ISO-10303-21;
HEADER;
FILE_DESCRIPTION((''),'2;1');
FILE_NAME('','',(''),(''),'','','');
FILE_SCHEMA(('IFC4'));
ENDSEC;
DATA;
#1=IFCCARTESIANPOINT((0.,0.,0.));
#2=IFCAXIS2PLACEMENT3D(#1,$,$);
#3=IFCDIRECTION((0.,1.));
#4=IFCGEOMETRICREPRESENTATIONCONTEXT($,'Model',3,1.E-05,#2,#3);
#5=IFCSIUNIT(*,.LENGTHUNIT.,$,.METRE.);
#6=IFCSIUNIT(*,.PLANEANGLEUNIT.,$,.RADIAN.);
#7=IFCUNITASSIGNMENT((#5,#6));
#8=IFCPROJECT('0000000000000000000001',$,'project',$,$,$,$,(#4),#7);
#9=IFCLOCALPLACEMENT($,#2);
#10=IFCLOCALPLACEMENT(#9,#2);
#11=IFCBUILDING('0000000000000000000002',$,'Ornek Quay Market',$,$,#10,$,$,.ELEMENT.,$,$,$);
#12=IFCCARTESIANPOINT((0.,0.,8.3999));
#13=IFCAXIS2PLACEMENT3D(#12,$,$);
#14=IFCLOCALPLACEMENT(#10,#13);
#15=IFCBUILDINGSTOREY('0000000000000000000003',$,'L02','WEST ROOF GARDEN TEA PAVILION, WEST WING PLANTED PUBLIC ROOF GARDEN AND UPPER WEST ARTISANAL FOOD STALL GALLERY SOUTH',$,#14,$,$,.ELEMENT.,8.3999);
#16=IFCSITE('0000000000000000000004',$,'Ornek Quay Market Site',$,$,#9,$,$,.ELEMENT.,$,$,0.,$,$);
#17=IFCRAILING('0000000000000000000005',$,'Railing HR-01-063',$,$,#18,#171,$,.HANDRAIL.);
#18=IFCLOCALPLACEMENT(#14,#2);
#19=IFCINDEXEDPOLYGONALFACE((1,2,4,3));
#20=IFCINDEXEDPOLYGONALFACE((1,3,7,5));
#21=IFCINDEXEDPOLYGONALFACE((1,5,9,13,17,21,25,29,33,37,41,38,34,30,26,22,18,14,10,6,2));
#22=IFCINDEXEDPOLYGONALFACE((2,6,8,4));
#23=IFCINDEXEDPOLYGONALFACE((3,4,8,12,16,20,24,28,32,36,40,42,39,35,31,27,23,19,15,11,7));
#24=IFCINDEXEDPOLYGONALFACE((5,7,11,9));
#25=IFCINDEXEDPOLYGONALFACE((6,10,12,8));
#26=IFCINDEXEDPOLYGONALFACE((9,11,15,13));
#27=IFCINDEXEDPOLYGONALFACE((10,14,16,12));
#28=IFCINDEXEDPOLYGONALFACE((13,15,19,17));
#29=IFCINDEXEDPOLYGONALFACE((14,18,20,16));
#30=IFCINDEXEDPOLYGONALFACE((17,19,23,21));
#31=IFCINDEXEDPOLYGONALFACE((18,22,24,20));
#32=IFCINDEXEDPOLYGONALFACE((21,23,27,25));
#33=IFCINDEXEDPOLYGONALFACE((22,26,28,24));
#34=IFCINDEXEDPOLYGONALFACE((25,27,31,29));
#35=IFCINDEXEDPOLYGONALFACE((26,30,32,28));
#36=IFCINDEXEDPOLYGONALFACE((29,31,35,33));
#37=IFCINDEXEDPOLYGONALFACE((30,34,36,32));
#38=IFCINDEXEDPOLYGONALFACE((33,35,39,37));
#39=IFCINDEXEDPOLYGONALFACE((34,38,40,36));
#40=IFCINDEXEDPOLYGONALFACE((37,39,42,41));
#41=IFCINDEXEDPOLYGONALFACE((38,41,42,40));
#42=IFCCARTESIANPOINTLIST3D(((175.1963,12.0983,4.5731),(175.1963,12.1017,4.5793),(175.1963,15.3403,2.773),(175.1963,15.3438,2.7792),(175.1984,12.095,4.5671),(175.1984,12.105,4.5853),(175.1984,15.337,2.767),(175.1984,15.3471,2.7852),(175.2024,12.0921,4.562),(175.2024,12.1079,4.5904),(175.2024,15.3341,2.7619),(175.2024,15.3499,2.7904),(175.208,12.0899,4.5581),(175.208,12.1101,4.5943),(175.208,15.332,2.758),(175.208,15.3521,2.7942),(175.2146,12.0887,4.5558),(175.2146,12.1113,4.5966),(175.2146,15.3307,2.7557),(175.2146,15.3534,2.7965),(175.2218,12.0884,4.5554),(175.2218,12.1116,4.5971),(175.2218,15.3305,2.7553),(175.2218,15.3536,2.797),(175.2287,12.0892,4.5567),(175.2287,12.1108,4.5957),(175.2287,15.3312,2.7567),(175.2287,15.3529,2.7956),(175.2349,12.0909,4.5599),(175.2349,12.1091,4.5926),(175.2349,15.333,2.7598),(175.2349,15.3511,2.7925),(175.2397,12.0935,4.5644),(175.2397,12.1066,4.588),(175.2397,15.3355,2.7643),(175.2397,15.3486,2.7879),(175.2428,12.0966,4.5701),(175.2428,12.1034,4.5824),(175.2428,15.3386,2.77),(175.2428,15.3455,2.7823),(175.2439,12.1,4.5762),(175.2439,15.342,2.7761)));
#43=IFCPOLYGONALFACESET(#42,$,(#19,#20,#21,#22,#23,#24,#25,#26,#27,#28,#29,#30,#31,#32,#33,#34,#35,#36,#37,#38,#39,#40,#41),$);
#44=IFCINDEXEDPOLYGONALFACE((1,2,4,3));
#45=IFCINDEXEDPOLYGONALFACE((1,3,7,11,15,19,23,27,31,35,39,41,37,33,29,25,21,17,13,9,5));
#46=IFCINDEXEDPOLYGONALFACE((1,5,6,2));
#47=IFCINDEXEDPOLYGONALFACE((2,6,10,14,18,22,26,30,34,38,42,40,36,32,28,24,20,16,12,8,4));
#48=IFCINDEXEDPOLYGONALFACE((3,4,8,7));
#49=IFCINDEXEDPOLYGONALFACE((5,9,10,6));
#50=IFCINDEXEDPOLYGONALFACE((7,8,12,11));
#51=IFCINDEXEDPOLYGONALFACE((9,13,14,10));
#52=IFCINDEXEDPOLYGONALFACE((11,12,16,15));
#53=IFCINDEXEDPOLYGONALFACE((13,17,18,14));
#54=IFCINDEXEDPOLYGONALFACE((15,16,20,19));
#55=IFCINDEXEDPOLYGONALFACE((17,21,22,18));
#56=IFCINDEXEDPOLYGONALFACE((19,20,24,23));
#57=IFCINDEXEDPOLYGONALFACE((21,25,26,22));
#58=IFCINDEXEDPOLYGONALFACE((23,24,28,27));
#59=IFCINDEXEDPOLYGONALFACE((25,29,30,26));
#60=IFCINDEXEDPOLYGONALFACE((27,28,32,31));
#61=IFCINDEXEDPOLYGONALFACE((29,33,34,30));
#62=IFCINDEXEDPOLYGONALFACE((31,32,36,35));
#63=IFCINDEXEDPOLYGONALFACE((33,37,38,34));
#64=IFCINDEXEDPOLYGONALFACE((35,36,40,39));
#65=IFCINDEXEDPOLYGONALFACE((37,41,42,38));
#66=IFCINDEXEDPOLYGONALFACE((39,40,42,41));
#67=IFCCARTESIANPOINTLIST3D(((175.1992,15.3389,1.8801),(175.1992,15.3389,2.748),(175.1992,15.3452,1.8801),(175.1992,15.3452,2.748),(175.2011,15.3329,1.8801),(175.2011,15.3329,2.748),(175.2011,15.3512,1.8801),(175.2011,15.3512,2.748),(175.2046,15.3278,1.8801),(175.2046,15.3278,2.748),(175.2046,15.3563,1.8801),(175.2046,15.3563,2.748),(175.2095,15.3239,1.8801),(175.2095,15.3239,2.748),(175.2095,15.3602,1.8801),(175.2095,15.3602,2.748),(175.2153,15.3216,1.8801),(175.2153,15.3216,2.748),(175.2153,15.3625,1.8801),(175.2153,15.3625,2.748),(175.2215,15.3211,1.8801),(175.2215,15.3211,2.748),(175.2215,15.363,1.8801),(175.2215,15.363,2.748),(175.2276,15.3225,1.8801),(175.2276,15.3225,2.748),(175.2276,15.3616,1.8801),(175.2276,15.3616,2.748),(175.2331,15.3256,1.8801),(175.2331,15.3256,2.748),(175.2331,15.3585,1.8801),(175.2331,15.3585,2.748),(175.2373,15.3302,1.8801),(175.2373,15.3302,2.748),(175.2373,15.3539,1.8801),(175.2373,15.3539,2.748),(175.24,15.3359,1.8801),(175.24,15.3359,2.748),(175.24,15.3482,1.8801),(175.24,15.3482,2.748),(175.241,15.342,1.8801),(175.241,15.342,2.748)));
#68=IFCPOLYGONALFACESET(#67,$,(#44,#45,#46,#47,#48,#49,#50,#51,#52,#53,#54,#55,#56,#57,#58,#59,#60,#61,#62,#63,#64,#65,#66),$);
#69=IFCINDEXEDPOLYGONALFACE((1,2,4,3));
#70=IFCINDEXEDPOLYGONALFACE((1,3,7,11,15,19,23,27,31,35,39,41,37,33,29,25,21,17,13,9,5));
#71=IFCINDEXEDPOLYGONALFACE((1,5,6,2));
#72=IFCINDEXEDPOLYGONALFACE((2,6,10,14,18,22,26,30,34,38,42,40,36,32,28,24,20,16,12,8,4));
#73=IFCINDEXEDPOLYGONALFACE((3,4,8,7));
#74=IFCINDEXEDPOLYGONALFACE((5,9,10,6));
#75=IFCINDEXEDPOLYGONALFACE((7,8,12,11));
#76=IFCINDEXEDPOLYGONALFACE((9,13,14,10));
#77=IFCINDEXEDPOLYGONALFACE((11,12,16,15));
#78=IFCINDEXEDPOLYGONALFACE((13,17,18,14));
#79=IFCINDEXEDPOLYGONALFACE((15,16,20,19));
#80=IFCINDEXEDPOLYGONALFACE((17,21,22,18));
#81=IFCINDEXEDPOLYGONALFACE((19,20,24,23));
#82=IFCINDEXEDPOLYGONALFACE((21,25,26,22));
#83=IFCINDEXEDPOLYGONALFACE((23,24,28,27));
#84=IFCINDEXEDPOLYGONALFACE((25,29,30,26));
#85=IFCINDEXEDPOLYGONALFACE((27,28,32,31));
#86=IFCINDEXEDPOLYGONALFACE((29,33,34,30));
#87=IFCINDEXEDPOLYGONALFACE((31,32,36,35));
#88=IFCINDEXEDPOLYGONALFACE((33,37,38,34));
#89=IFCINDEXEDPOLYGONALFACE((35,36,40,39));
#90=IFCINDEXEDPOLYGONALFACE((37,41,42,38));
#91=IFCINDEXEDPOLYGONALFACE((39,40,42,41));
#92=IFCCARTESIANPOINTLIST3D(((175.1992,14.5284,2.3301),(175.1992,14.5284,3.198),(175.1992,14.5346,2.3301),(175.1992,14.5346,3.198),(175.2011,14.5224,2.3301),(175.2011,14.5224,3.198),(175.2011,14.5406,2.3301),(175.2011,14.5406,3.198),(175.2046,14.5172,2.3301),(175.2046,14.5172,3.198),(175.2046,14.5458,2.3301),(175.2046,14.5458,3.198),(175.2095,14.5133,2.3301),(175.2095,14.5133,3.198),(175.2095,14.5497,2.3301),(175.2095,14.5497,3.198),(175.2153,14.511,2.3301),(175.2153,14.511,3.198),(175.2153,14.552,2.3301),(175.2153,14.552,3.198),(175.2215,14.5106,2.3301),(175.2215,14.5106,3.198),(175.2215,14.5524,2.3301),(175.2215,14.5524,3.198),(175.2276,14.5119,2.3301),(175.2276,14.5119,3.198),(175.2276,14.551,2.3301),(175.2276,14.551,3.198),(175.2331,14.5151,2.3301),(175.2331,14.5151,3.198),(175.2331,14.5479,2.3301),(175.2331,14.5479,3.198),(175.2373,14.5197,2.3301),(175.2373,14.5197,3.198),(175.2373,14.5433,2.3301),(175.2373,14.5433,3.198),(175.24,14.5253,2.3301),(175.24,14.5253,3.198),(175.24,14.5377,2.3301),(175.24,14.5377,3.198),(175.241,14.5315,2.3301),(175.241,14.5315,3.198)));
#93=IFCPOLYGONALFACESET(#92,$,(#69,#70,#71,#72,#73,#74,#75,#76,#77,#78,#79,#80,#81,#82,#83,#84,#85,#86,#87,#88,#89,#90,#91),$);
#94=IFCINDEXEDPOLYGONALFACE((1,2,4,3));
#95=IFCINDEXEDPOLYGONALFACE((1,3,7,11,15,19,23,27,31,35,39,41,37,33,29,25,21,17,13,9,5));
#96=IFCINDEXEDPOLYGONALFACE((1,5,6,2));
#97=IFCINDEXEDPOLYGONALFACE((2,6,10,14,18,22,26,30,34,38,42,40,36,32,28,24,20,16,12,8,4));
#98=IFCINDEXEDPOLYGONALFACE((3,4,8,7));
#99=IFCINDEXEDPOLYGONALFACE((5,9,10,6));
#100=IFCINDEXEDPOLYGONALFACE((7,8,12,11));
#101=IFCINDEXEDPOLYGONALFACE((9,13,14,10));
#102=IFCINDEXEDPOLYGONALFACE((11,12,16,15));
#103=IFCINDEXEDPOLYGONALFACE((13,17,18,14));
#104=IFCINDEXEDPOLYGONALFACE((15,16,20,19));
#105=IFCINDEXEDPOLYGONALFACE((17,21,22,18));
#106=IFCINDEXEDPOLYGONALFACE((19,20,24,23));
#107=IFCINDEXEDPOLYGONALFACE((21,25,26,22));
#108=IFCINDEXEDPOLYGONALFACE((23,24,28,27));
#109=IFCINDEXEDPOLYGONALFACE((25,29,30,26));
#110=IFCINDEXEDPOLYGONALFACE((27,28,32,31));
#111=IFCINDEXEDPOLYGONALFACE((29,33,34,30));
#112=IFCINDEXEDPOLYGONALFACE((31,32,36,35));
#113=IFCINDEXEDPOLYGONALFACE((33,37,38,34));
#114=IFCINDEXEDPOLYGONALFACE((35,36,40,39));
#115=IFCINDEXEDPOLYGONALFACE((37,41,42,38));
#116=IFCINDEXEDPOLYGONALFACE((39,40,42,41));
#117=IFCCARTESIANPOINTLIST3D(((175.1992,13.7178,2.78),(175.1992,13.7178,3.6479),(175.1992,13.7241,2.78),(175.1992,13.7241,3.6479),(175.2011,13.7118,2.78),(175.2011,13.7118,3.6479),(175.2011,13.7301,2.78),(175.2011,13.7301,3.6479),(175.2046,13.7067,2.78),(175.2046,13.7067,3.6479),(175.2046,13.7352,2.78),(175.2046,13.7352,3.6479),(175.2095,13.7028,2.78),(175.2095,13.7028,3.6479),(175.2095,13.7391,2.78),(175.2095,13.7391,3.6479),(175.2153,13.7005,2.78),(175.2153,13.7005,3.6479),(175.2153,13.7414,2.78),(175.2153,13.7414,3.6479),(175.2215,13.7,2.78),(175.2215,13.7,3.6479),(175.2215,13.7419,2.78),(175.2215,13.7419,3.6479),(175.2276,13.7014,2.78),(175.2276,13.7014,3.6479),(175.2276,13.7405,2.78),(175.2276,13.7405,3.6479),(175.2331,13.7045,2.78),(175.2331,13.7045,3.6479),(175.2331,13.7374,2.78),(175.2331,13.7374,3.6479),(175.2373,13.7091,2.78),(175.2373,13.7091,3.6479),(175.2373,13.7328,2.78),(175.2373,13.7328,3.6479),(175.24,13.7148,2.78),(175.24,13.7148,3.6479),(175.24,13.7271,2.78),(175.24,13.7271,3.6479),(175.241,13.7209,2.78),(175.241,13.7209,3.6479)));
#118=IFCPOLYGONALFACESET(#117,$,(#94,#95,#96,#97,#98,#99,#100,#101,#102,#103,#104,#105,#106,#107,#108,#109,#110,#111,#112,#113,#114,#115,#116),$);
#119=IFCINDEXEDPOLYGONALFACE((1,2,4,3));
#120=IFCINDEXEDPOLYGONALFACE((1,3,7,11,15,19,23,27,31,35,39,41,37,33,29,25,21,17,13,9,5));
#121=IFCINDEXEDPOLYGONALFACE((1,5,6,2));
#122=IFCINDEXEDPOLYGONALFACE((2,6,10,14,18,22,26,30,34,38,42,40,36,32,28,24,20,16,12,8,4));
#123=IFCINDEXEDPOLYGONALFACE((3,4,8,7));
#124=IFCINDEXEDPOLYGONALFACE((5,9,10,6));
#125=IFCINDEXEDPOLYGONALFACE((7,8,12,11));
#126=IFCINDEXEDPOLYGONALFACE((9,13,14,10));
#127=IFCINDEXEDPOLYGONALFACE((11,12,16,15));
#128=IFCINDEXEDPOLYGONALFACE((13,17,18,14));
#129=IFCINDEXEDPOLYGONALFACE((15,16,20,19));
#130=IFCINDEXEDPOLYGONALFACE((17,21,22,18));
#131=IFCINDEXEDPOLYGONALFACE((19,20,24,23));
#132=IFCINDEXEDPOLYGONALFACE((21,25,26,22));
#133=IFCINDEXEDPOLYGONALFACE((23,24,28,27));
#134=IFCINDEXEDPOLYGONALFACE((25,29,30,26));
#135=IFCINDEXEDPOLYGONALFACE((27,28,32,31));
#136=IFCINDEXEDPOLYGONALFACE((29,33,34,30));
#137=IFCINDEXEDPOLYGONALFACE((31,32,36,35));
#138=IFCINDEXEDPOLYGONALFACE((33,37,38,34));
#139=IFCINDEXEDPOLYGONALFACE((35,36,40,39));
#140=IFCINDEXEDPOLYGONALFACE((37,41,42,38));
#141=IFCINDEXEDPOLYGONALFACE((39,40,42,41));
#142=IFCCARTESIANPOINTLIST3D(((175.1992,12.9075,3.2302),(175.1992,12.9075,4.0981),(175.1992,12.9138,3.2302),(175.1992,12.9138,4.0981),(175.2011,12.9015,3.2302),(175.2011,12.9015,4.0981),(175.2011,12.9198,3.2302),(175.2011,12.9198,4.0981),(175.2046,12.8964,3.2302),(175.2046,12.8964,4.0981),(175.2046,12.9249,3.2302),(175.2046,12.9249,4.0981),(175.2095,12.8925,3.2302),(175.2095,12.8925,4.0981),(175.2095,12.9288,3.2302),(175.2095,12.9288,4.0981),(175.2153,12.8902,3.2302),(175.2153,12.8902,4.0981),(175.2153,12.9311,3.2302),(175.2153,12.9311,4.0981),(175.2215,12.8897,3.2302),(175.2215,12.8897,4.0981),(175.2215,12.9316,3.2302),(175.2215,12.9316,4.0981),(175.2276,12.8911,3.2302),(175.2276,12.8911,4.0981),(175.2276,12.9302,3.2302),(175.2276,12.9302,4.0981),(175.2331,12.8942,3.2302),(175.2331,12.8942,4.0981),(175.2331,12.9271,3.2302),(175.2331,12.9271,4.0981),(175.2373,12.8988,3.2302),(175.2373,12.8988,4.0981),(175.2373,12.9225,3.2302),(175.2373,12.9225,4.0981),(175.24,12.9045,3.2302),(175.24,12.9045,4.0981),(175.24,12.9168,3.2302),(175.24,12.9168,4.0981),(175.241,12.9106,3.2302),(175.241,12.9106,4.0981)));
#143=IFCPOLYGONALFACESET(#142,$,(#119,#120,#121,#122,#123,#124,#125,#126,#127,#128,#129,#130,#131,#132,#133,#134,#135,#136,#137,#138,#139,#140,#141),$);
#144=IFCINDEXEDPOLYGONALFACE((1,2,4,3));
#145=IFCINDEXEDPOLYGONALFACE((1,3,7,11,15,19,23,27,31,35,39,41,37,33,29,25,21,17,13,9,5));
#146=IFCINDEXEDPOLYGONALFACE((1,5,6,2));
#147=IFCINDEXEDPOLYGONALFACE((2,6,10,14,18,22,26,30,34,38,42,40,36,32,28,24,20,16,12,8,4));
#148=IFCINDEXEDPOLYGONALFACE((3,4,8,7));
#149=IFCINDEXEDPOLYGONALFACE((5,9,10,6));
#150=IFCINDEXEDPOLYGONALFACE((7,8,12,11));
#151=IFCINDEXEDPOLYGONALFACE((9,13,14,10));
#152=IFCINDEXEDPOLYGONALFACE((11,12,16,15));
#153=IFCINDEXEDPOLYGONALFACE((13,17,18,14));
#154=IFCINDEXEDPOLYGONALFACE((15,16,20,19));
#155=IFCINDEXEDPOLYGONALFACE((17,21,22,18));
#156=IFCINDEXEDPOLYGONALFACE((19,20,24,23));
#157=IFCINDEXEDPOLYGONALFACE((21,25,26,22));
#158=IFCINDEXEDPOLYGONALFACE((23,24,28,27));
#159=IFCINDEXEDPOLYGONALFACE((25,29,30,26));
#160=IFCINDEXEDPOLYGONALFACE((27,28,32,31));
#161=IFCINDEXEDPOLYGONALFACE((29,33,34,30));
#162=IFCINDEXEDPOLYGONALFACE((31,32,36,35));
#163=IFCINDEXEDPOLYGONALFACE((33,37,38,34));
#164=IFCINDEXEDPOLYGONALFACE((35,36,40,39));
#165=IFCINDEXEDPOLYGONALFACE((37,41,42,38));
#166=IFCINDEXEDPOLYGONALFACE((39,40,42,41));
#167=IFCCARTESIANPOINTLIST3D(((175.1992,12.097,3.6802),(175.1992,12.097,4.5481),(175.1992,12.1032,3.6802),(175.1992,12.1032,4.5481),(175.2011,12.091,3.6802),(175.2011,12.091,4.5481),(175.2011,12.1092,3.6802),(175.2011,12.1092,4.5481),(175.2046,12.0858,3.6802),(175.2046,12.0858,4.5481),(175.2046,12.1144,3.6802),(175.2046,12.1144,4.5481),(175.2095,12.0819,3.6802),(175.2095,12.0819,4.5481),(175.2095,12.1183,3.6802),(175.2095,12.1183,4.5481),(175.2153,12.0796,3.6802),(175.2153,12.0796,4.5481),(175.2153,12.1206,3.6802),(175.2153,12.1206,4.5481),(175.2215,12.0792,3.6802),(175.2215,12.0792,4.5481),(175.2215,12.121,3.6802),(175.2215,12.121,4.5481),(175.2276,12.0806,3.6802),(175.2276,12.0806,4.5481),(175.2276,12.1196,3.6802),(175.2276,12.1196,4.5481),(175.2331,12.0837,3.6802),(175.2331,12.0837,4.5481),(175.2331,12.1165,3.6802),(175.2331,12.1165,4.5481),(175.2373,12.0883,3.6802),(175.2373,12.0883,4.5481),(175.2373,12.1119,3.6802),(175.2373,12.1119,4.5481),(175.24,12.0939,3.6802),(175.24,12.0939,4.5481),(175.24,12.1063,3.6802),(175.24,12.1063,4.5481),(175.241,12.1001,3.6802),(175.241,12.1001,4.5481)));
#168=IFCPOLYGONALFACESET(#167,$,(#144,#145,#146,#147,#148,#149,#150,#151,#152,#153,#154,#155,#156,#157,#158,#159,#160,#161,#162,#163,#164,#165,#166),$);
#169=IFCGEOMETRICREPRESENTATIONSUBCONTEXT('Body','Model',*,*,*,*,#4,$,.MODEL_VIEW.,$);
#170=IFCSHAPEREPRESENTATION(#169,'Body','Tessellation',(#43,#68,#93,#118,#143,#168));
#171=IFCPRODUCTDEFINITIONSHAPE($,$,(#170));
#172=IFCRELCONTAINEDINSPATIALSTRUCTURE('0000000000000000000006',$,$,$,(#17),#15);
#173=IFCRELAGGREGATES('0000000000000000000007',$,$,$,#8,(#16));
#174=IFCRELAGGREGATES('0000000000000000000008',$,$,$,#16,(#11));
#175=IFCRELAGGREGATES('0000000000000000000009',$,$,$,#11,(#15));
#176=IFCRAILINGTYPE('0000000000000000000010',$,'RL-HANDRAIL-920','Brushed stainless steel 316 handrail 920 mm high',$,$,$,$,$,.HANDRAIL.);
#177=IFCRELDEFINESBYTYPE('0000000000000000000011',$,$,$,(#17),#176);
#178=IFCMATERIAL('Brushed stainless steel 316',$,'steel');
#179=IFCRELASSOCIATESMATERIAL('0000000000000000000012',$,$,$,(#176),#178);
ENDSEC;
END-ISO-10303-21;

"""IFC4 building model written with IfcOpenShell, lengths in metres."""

from ifc_helpers import new_model, si_unit, direction, frame, origin, origin_2d, place, context, subcontext, project, spatial, circle, extrude, material, type_object, element, save


model = new_model("IFC4")

# Units and contexts
model_context = context("Model", 3, precision=1e-05, world=origin(), true_north=direction((0.0, 1.0)))
body_context = subcontext(model_context, "Body", "Model", "MODEL_VIEW")
ifc_project = project(units=[si_unit("LENGTHUNIT", "METRE"), si_unit("PLANEANGLEUNIT", "RADIAN")], contexts=[model_context])

# Site, building, storey
site_placement = place(None, origin())
site = spatial("IfcSite", under=ifc_project, at=site_placement, Name="Ornek Quay Market Site", CompositionType="ELEMENT", RefElevation=0.0)
building_placement = place(site_placement, origin())
building = spatial("IfcBuilding", under=site, at=building_placement, Name="Ornek Quay Market", CompositionType="ELEMENT")
storey_placement = place(building_placement, frame((0.0, 0.0, 8.3999)))
storey = spatial("IfcBuildingStorey", under=building, at=storey_placement, Name="L02", Description="WEST ROOF GARDEN TEA PAVILION, WEST WING PLANTED PUBLIC ROOF GARDEN AND UPPER WEST ARTISANAL FOOD STALL GALLERY SOUTH", CompositionType="ELEMENT", Elevation=8.3999)

# Railing
ifc_material_1 = material(Name="Brushed stainless steel 316", Category="steel")
railing_type_1 = type_object("IfcRailingType", Name="RL-HANDRAIL-920", Description="Brushed stainless steel 316 handrail 920 mm high", PredefinedType="HANDRAIL", material=ifc_material_1)
railing_1_placement = place(storey_placement, frame((175.22, 15.342, 1.8801)))
element("IfcRailing", 1, at=railing_1_placement, inside=storey, type_object=railing_type_1, Name="Railing HR-01-063", PredefinedType="HANDRAIL", context=body_context, shape_type="SweptSolid", body=[
    extrude(circle(Radius=0.0239, at=origin_2d()), frame((0.0, 0.0, 0.896), z_axis=(0.0, -0.874275, 0.48543), x_axis=(1.0, 0.0, 0.0)), (0.0, 0.0, 1.0), 3.7083),
    extrude(circle(Radius=0.021, at=origin_2d()), origin(), (0.0, 0.0, 1.0), 0.8679),
    extrude(circle(Radius=0.021, at=origin_2d()), frame((0.0, -0.8105, 0.45)), (0.0, 0.0, 1.0), 0.8679),
    extrude(circle(Radius=0.021, at=origin_2d()), frame((0.0, -1.6211, 0.8999)), (0.0, 0.0, 1.0), 0.8679),
    extrude(circle(Radius=0.021, at=origin_2d()), frame((0.0, -2.4314, 1.3501)), (0.0, 0.0, 1.0), 0.8679),
    extrude(circle(Radius=0.021, at=origin_2d()), frame((0.0, -3.2419, 1.8)), (0.0, 0.0, 1.0), 0.8679),
])

save(model, "model.ifc")
